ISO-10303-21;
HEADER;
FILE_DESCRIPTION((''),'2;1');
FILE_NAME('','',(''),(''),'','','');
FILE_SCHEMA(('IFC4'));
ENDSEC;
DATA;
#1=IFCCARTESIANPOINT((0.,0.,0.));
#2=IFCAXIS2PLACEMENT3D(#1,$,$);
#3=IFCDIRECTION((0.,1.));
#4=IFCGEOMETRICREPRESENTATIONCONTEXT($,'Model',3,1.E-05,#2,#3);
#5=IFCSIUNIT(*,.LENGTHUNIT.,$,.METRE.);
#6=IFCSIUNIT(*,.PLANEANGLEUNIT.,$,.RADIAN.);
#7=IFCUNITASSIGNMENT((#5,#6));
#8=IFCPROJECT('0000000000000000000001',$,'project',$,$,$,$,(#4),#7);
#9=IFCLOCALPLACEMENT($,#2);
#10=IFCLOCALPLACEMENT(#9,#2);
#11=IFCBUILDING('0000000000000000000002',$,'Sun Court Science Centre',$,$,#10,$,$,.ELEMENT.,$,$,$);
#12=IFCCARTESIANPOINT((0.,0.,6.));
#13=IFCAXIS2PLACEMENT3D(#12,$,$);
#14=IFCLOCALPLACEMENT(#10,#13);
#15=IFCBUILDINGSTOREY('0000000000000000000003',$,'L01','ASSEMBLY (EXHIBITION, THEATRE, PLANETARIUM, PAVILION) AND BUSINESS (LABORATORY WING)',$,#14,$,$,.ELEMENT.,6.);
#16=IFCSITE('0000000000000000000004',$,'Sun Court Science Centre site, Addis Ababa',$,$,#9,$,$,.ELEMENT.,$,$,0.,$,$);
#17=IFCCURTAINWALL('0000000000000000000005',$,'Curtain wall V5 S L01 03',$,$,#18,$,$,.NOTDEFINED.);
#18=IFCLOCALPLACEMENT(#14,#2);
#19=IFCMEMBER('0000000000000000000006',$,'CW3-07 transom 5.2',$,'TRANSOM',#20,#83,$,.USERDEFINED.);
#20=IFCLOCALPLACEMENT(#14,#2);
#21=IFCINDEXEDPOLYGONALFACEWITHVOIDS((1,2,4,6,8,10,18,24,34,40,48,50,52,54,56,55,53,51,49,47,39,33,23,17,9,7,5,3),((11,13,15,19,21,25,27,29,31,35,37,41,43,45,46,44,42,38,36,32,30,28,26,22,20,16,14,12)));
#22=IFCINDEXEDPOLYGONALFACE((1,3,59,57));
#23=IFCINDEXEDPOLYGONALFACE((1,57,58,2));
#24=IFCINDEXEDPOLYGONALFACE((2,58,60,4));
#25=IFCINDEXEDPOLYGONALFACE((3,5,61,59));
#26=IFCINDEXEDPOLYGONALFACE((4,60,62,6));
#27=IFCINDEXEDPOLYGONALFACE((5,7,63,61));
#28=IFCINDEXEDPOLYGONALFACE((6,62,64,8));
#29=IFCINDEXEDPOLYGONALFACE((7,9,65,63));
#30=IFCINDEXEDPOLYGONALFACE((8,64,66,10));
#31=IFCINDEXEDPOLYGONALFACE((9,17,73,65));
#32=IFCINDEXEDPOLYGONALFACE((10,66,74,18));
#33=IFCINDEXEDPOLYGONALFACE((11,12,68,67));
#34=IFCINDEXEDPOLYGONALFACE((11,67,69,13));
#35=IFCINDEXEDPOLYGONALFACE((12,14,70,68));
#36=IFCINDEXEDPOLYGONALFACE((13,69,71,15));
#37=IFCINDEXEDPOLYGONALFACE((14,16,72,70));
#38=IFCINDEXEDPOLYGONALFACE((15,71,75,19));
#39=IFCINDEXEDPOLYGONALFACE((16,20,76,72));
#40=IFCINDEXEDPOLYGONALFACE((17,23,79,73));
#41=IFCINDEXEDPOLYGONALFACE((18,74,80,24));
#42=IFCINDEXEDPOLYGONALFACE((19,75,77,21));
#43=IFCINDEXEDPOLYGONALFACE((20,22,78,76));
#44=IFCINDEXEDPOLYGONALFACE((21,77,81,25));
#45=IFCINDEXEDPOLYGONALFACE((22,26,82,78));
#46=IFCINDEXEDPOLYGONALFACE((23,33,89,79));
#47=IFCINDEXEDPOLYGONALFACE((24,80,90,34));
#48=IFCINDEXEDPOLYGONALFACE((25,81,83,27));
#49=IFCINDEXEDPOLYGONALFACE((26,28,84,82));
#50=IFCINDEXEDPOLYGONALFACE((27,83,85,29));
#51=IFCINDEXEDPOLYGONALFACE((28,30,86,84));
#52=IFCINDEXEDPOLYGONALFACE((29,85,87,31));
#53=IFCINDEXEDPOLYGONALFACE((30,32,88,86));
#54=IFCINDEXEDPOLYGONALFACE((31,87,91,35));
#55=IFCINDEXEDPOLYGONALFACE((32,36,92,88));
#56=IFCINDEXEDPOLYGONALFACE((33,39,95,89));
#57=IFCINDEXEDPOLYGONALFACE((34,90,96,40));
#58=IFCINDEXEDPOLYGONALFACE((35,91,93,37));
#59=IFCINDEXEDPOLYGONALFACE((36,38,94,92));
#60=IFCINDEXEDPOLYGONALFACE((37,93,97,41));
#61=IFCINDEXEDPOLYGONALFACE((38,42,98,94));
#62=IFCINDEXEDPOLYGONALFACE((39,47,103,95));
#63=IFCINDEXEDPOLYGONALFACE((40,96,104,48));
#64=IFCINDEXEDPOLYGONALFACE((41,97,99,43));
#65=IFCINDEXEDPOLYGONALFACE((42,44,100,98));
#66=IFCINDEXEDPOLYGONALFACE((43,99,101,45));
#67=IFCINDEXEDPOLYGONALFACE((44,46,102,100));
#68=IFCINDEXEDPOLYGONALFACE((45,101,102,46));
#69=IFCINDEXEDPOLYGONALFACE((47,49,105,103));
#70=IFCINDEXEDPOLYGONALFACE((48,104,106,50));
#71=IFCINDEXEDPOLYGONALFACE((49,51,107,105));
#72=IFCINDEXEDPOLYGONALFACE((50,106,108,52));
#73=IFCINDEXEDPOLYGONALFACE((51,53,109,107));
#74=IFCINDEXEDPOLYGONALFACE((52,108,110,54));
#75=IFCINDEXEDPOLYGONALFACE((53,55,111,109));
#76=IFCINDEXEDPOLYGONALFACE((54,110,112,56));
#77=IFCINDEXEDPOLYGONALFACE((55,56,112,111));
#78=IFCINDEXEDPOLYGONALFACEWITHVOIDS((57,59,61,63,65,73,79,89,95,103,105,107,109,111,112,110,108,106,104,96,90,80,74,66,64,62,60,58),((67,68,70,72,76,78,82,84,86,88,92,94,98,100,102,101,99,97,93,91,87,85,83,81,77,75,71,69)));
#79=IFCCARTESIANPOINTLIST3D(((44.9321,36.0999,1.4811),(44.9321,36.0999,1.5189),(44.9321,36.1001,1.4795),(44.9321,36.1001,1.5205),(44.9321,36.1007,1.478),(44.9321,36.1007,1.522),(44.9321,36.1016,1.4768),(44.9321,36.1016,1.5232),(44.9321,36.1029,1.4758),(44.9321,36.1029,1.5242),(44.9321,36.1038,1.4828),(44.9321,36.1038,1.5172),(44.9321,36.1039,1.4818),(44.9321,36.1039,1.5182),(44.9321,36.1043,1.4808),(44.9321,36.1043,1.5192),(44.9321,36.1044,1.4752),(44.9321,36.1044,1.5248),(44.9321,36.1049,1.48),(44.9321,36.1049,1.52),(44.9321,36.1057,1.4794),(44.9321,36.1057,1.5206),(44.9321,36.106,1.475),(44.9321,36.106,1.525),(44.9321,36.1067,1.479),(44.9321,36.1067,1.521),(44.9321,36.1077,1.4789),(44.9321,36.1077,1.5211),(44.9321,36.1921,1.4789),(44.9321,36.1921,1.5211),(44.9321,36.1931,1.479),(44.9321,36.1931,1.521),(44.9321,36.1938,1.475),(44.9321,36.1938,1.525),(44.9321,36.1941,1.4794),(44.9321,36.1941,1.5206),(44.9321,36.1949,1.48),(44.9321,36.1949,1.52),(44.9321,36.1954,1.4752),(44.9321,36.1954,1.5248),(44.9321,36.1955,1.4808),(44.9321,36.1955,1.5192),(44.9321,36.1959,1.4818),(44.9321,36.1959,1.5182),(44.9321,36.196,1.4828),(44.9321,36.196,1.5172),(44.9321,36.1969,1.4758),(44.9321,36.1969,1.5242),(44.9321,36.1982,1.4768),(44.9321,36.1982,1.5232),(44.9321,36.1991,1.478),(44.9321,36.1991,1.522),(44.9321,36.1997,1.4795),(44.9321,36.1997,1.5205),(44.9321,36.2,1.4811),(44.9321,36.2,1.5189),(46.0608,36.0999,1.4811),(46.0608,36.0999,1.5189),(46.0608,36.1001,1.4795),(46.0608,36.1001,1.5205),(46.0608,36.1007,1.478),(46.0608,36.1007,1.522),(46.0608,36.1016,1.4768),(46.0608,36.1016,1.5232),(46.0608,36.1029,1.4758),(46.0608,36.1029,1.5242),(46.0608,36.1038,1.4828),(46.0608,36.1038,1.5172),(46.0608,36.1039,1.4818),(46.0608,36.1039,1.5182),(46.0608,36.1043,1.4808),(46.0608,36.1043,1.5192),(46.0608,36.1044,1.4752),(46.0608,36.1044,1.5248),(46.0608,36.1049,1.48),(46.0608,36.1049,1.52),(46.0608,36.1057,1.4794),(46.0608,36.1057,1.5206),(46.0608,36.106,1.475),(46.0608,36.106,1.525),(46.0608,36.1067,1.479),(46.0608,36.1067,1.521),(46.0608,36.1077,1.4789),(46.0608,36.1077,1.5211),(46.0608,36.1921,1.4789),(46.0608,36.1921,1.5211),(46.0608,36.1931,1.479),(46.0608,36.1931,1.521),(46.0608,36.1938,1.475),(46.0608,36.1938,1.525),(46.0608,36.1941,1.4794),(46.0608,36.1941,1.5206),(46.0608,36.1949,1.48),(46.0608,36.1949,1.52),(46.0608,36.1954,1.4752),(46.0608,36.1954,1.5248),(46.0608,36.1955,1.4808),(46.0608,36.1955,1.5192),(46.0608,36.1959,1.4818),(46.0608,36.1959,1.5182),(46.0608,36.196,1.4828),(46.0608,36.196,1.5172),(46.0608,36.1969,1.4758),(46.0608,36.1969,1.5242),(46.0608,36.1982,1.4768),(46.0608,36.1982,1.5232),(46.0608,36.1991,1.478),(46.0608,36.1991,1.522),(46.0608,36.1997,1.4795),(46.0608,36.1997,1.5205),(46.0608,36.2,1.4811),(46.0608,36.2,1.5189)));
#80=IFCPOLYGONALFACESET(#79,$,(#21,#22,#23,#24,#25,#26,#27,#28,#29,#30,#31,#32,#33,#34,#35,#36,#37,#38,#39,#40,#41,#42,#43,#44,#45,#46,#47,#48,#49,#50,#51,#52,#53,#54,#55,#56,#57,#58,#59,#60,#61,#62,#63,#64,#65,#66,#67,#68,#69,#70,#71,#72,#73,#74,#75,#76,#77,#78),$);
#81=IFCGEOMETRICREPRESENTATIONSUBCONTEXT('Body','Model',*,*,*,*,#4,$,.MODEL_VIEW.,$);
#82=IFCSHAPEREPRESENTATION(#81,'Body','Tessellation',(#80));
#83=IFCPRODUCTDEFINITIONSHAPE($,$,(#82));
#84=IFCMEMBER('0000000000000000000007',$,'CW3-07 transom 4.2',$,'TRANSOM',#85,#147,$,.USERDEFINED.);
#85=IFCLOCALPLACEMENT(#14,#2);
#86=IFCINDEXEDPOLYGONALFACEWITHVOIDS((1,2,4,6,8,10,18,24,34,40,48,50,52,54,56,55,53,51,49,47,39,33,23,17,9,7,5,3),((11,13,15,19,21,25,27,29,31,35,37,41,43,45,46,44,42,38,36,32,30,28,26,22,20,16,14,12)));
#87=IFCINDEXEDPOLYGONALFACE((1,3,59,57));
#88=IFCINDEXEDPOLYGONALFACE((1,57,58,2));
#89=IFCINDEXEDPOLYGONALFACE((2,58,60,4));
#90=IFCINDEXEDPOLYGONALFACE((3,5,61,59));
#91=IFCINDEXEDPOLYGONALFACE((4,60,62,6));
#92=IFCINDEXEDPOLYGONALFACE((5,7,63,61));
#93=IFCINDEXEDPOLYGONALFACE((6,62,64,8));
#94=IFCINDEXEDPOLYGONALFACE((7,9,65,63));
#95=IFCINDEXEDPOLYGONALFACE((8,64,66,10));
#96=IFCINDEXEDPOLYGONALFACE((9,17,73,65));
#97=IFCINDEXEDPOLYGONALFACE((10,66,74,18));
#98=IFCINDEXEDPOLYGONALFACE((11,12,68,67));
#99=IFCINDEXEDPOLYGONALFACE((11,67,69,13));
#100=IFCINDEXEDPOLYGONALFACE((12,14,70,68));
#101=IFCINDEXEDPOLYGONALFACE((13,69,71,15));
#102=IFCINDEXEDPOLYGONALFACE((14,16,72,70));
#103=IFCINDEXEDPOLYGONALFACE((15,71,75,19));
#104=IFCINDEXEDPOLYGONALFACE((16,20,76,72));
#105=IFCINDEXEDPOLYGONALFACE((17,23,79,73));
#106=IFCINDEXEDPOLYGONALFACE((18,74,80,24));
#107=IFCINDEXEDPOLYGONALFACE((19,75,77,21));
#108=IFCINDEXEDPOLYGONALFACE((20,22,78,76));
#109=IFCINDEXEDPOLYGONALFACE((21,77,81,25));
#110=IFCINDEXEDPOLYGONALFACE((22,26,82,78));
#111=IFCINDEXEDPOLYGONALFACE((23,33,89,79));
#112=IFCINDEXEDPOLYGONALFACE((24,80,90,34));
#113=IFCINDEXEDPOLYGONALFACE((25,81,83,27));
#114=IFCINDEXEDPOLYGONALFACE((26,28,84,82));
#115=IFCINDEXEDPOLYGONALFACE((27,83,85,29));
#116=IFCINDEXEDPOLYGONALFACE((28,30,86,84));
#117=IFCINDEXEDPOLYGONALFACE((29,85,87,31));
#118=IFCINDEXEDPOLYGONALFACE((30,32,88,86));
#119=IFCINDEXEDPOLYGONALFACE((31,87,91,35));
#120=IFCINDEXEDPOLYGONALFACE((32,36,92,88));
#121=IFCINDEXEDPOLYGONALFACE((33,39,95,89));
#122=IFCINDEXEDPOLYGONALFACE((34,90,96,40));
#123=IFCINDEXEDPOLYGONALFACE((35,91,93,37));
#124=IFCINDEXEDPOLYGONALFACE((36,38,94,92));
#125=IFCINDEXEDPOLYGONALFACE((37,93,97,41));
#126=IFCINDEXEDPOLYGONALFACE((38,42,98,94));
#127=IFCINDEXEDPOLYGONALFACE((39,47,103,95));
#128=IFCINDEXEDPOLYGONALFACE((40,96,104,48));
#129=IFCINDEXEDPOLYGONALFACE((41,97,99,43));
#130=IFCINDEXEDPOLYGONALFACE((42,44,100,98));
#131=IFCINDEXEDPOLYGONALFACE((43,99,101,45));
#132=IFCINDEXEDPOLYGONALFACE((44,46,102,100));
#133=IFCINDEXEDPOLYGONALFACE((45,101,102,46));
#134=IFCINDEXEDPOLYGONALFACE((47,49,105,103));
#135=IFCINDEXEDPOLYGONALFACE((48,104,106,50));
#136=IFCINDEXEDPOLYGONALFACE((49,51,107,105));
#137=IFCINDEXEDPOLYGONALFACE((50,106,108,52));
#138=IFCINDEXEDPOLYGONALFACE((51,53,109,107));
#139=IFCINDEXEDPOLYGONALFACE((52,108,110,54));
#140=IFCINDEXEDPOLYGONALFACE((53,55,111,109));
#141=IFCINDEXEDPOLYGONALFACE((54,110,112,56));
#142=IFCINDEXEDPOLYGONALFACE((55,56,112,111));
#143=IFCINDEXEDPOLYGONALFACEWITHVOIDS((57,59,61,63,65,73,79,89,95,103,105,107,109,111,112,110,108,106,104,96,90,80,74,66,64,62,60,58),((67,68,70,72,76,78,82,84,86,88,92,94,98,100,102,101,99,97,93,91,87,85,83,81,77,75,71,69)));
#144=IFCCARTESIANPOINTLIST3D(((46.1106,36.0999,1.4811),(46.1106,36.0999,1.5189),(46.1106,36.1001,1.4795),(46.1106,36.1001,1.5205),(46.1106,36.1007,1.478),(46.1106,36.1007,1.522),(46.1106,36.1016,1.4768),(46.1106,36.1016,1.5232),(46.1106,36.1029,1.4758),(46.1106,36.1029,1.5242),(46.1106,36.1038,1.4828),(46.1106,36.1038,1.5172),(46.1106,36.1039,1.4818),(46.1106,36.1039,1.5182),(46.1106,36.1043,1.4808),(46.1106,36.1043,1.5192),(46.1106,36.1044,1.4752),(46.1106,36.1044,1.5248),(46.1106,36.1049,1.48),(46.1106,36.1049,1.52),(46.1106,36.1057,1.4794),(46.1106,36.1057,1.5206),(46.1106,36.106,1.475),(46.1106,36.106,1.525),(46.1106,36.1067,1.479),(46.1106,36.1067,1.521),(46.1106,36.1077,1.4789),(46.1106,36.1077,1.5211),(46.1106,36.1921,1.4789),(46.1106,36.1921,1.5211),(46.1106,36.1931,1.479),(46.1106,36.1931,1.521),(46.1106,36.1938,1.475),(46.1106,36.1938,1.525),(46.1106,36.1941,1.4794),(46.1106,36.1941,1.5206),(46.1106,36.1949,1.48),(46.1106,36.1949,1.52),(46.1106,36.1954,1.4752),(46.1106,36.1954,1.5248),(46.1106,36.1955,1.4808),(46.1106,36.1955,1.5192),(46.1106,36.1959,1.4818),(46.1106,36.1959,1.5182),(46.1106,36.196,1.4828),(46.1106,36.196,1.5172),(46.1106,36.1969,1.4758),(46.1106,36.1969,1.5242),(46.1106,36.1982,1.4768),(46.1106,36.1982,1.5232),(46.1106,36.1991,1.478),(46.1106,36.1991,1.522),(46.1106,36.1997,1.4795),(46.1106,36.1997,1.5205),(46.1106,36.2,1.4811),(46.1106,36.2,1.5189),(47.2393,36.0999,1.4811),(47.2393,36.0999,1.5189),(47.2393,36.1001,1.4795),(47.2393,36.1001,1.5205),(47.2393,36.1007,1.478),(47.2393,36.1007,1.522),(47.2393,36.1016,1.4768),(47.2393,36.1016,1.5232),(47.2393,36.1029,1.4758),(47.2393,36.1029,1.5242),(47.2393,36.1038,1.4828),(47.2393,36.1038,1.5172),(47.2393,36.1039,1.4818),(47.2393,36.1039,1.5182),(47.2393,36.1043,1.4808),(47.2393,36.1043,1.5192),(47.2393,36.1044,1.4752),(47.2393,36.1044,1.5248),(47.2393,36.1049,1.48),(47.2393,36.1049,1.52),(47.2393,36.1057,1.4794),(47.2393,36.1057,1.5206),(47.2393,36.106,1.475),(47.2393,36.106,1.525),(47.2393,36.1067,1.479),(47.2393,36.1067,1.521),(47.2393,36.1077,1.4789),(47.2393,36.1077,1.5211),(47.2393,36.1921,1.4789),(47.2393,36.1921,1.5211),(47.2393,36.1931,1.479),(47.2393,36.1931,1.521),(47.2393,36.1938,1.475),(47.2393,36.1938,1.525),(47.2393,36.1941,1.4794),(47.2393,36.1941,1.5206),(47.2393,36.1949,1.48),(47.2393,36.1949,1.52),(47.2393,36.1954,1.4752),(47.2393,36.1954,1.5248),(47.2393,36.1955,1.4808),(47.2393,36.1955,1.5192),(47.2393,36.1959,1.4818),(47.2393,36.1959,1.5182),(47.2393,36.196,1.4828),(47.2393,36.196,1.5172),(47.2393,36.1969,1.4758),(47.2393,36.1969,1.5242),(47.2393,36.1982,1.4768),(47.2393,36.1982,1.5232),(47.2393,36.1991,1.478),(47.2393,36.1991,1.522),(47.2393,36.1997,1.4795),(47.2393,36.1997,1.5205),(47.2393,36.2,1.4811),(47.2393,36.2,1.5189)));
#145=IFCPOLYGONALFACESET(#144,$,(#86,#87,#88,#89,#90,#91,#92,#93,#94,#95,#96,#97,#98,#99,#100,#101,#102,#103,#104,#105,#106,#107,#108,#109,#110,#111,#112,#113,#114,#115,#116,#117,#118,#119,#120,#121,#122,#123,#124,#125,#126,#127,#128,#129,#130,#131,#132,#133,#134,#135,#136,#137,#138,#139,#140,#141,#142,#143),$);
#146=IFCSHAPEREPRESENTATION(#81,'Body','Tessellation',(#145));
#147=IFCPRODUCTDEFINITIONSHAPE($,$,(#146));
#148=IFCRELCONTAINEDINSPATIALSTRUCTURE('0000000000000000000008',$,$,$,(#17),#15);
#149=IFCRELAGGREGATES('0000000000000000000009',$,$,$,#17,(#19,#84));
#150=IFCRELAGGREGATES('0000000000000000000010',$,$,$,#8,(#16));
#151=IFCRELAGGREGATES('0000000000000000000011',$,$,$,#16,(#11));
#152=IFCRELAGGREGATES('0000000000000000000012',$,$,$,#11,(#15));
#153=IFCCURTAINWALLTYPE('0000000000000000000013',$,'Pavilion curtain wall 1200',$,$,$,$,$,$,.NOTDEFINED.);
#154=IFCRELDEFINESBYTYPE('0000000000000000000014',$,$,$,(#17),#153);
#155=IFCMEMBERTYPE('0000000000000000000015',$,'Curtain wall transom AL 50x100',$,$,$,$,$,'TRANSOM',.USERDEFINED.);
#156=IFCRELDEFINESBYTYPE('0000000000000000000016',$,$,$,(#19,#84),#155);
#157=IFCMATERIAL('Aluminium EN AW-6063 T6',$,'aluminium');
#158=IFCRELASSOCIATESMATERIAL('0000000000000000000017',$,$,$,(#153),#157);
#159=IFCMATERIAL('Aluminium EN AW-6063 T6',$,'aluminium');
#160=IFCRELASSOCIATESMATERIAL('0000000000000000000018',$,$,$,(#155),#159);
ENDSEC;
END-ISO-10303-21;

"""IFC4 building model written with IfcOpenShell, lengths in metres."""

from ifc_helpers import new_model, si_unit, direction, frame, origin, origin_2d, place, context, subcontext, project, spatial, hollow_rectangle, extrude, material, material_profile, profile_set, type_object, element, aggregate, save


model = new_model("IFC4")

# Units and contexts
model_context = context("Model", 3, precision=1e-05, world=origin(), true_north=direction((0.0, 1.0)))
body_context = subcontext(model_context, "Body", "Model", "MODEL_VIEW")
ifc_project = project(units=[si_unit("LENGTHUNIT", "METRE"), si_unit("PLANEANGLEUNIT", "RADIAN")], contexts=[model_context])

# Site, building, storey
site_placement = place(None, origin())
site = spatial("IfcSite", under=ifc_project, at=site_placement, Name="Sun Court Science Centre site, Addis Ababa", CompositionType="ELEMENT", RefElevation=0.0)
building_placement = place(site_placement, origin())
building = spatial("IfcBuilding", under=site, at=building_placement, Name="Sun Court Science Centre", CompositionType="ELEMENT")
storey_placement = place(building_placement, frame((0.0, 0.0, 6.0)))
storey = spatial("IfcBuildingStorey", under=building, at=storey_placement, Name="L01", Description="ASSEMBLY (EXHIBITION, THEATRE, PLANETARIUM, PAVILION) AND BUSINESS (LABORATORY WING)", CompositionType="ELEMENT", Elevation=6.0)

# Curtain wall
ifc_material_1 = material(Name="Aluminium EN AW-6063 T6", Category="aluminium")
curtain_wall_type_1 = type_object("IfcCurtainWallType", Name="Pavilion curtain wall 1200", PredefinedType="NOTDEFINED", material=ifc_material_1)
curtain_wall_1_placement = place(storey_placement, origin())
curtain_wall_1 = element("IfcCurtainWall", 1, at=curtain_wall_1_placement, inside=storey, type_object=curtain_wall_type_1, Name="Curtain wall V5 S L01 03", PredefinedType="NOTDEFINED")

# Members
ifc_material_2 = material(Name="Aluminium EN AW-6063 T6", Category="aluminium")
ifc_material_profile_1 = material_profile(ifc_material_2, hollow_rectangle(XDim=0.05, YDim=0.1001, WallThickness=0.0039, InnerFilletRadius=0.0039, OuterFilletRadius=0.0061, at=origin_2d()), Name="AL 50x100x4")
ifc_profile_set_1 = profile_set([ifc_material_profile_1], Name="Aluminium EN AW-6063 T6")
member_type_1 = type_object("IfcMemberType", Name="Curtain wall transom AL 50x100", ElementType="TRANSOM", PredefinedType="USERDEFINED", material=ifc_profile_set_1)
member_1_placement = place(storey_placement, frame((46.0608, 36.1499, 1.5), z_axis=(-1.0, 0.0, 0.0), x_axis=(0.0, 0.0, 1.0)))
member_1 = element("IfcMember", 2, at=member_1_placement, type_object=member_type_1, Name="CW3-07 transom 5.2", ObjectType="TRANSOM", PredefinedType="USERDEFINED", context=body_context, shape_type="SweptSolid", body=[
    extrude(hollow_rectangle(XDim=0.05, YDim=0.1001, WallThickness=0.0039, InnerFilletRadius=0.0039, OuterFilletRadius=0.0061, at=origin_2d()), origin(), (0.0, 0.0, 1.0), 1.1287),
])
member_2_placement = place(storey_placement, frame((47.2393, 36.1499, 1.5), z_axis=(-1.0, 0.0, 0.0), x_axis=(0.0, 0.0, 1.0)))
member_2 = element("IfcMember", 3, at=member_2_placement, type_object=member_type_1, Name="CW3-07 transom 4.2", ObjectType="TRANSOM", PredefinedType="USERDEFINED", context=body_context, shape_type="SweptSolid", body=[
    extrude(hollow_rectangle(XDim=0.05, YDim=0.1001, WallThickness=0.0039, InnerFilletRadius=0.0039, OuterFilletRadius=0.0061, at=origin_2d()), origin(), (0.0, 0.0, 1.0), 1.1287),
])

aggregate(curtain_wall_1, [member_1, member_2])

save(model, "model.ifc")
